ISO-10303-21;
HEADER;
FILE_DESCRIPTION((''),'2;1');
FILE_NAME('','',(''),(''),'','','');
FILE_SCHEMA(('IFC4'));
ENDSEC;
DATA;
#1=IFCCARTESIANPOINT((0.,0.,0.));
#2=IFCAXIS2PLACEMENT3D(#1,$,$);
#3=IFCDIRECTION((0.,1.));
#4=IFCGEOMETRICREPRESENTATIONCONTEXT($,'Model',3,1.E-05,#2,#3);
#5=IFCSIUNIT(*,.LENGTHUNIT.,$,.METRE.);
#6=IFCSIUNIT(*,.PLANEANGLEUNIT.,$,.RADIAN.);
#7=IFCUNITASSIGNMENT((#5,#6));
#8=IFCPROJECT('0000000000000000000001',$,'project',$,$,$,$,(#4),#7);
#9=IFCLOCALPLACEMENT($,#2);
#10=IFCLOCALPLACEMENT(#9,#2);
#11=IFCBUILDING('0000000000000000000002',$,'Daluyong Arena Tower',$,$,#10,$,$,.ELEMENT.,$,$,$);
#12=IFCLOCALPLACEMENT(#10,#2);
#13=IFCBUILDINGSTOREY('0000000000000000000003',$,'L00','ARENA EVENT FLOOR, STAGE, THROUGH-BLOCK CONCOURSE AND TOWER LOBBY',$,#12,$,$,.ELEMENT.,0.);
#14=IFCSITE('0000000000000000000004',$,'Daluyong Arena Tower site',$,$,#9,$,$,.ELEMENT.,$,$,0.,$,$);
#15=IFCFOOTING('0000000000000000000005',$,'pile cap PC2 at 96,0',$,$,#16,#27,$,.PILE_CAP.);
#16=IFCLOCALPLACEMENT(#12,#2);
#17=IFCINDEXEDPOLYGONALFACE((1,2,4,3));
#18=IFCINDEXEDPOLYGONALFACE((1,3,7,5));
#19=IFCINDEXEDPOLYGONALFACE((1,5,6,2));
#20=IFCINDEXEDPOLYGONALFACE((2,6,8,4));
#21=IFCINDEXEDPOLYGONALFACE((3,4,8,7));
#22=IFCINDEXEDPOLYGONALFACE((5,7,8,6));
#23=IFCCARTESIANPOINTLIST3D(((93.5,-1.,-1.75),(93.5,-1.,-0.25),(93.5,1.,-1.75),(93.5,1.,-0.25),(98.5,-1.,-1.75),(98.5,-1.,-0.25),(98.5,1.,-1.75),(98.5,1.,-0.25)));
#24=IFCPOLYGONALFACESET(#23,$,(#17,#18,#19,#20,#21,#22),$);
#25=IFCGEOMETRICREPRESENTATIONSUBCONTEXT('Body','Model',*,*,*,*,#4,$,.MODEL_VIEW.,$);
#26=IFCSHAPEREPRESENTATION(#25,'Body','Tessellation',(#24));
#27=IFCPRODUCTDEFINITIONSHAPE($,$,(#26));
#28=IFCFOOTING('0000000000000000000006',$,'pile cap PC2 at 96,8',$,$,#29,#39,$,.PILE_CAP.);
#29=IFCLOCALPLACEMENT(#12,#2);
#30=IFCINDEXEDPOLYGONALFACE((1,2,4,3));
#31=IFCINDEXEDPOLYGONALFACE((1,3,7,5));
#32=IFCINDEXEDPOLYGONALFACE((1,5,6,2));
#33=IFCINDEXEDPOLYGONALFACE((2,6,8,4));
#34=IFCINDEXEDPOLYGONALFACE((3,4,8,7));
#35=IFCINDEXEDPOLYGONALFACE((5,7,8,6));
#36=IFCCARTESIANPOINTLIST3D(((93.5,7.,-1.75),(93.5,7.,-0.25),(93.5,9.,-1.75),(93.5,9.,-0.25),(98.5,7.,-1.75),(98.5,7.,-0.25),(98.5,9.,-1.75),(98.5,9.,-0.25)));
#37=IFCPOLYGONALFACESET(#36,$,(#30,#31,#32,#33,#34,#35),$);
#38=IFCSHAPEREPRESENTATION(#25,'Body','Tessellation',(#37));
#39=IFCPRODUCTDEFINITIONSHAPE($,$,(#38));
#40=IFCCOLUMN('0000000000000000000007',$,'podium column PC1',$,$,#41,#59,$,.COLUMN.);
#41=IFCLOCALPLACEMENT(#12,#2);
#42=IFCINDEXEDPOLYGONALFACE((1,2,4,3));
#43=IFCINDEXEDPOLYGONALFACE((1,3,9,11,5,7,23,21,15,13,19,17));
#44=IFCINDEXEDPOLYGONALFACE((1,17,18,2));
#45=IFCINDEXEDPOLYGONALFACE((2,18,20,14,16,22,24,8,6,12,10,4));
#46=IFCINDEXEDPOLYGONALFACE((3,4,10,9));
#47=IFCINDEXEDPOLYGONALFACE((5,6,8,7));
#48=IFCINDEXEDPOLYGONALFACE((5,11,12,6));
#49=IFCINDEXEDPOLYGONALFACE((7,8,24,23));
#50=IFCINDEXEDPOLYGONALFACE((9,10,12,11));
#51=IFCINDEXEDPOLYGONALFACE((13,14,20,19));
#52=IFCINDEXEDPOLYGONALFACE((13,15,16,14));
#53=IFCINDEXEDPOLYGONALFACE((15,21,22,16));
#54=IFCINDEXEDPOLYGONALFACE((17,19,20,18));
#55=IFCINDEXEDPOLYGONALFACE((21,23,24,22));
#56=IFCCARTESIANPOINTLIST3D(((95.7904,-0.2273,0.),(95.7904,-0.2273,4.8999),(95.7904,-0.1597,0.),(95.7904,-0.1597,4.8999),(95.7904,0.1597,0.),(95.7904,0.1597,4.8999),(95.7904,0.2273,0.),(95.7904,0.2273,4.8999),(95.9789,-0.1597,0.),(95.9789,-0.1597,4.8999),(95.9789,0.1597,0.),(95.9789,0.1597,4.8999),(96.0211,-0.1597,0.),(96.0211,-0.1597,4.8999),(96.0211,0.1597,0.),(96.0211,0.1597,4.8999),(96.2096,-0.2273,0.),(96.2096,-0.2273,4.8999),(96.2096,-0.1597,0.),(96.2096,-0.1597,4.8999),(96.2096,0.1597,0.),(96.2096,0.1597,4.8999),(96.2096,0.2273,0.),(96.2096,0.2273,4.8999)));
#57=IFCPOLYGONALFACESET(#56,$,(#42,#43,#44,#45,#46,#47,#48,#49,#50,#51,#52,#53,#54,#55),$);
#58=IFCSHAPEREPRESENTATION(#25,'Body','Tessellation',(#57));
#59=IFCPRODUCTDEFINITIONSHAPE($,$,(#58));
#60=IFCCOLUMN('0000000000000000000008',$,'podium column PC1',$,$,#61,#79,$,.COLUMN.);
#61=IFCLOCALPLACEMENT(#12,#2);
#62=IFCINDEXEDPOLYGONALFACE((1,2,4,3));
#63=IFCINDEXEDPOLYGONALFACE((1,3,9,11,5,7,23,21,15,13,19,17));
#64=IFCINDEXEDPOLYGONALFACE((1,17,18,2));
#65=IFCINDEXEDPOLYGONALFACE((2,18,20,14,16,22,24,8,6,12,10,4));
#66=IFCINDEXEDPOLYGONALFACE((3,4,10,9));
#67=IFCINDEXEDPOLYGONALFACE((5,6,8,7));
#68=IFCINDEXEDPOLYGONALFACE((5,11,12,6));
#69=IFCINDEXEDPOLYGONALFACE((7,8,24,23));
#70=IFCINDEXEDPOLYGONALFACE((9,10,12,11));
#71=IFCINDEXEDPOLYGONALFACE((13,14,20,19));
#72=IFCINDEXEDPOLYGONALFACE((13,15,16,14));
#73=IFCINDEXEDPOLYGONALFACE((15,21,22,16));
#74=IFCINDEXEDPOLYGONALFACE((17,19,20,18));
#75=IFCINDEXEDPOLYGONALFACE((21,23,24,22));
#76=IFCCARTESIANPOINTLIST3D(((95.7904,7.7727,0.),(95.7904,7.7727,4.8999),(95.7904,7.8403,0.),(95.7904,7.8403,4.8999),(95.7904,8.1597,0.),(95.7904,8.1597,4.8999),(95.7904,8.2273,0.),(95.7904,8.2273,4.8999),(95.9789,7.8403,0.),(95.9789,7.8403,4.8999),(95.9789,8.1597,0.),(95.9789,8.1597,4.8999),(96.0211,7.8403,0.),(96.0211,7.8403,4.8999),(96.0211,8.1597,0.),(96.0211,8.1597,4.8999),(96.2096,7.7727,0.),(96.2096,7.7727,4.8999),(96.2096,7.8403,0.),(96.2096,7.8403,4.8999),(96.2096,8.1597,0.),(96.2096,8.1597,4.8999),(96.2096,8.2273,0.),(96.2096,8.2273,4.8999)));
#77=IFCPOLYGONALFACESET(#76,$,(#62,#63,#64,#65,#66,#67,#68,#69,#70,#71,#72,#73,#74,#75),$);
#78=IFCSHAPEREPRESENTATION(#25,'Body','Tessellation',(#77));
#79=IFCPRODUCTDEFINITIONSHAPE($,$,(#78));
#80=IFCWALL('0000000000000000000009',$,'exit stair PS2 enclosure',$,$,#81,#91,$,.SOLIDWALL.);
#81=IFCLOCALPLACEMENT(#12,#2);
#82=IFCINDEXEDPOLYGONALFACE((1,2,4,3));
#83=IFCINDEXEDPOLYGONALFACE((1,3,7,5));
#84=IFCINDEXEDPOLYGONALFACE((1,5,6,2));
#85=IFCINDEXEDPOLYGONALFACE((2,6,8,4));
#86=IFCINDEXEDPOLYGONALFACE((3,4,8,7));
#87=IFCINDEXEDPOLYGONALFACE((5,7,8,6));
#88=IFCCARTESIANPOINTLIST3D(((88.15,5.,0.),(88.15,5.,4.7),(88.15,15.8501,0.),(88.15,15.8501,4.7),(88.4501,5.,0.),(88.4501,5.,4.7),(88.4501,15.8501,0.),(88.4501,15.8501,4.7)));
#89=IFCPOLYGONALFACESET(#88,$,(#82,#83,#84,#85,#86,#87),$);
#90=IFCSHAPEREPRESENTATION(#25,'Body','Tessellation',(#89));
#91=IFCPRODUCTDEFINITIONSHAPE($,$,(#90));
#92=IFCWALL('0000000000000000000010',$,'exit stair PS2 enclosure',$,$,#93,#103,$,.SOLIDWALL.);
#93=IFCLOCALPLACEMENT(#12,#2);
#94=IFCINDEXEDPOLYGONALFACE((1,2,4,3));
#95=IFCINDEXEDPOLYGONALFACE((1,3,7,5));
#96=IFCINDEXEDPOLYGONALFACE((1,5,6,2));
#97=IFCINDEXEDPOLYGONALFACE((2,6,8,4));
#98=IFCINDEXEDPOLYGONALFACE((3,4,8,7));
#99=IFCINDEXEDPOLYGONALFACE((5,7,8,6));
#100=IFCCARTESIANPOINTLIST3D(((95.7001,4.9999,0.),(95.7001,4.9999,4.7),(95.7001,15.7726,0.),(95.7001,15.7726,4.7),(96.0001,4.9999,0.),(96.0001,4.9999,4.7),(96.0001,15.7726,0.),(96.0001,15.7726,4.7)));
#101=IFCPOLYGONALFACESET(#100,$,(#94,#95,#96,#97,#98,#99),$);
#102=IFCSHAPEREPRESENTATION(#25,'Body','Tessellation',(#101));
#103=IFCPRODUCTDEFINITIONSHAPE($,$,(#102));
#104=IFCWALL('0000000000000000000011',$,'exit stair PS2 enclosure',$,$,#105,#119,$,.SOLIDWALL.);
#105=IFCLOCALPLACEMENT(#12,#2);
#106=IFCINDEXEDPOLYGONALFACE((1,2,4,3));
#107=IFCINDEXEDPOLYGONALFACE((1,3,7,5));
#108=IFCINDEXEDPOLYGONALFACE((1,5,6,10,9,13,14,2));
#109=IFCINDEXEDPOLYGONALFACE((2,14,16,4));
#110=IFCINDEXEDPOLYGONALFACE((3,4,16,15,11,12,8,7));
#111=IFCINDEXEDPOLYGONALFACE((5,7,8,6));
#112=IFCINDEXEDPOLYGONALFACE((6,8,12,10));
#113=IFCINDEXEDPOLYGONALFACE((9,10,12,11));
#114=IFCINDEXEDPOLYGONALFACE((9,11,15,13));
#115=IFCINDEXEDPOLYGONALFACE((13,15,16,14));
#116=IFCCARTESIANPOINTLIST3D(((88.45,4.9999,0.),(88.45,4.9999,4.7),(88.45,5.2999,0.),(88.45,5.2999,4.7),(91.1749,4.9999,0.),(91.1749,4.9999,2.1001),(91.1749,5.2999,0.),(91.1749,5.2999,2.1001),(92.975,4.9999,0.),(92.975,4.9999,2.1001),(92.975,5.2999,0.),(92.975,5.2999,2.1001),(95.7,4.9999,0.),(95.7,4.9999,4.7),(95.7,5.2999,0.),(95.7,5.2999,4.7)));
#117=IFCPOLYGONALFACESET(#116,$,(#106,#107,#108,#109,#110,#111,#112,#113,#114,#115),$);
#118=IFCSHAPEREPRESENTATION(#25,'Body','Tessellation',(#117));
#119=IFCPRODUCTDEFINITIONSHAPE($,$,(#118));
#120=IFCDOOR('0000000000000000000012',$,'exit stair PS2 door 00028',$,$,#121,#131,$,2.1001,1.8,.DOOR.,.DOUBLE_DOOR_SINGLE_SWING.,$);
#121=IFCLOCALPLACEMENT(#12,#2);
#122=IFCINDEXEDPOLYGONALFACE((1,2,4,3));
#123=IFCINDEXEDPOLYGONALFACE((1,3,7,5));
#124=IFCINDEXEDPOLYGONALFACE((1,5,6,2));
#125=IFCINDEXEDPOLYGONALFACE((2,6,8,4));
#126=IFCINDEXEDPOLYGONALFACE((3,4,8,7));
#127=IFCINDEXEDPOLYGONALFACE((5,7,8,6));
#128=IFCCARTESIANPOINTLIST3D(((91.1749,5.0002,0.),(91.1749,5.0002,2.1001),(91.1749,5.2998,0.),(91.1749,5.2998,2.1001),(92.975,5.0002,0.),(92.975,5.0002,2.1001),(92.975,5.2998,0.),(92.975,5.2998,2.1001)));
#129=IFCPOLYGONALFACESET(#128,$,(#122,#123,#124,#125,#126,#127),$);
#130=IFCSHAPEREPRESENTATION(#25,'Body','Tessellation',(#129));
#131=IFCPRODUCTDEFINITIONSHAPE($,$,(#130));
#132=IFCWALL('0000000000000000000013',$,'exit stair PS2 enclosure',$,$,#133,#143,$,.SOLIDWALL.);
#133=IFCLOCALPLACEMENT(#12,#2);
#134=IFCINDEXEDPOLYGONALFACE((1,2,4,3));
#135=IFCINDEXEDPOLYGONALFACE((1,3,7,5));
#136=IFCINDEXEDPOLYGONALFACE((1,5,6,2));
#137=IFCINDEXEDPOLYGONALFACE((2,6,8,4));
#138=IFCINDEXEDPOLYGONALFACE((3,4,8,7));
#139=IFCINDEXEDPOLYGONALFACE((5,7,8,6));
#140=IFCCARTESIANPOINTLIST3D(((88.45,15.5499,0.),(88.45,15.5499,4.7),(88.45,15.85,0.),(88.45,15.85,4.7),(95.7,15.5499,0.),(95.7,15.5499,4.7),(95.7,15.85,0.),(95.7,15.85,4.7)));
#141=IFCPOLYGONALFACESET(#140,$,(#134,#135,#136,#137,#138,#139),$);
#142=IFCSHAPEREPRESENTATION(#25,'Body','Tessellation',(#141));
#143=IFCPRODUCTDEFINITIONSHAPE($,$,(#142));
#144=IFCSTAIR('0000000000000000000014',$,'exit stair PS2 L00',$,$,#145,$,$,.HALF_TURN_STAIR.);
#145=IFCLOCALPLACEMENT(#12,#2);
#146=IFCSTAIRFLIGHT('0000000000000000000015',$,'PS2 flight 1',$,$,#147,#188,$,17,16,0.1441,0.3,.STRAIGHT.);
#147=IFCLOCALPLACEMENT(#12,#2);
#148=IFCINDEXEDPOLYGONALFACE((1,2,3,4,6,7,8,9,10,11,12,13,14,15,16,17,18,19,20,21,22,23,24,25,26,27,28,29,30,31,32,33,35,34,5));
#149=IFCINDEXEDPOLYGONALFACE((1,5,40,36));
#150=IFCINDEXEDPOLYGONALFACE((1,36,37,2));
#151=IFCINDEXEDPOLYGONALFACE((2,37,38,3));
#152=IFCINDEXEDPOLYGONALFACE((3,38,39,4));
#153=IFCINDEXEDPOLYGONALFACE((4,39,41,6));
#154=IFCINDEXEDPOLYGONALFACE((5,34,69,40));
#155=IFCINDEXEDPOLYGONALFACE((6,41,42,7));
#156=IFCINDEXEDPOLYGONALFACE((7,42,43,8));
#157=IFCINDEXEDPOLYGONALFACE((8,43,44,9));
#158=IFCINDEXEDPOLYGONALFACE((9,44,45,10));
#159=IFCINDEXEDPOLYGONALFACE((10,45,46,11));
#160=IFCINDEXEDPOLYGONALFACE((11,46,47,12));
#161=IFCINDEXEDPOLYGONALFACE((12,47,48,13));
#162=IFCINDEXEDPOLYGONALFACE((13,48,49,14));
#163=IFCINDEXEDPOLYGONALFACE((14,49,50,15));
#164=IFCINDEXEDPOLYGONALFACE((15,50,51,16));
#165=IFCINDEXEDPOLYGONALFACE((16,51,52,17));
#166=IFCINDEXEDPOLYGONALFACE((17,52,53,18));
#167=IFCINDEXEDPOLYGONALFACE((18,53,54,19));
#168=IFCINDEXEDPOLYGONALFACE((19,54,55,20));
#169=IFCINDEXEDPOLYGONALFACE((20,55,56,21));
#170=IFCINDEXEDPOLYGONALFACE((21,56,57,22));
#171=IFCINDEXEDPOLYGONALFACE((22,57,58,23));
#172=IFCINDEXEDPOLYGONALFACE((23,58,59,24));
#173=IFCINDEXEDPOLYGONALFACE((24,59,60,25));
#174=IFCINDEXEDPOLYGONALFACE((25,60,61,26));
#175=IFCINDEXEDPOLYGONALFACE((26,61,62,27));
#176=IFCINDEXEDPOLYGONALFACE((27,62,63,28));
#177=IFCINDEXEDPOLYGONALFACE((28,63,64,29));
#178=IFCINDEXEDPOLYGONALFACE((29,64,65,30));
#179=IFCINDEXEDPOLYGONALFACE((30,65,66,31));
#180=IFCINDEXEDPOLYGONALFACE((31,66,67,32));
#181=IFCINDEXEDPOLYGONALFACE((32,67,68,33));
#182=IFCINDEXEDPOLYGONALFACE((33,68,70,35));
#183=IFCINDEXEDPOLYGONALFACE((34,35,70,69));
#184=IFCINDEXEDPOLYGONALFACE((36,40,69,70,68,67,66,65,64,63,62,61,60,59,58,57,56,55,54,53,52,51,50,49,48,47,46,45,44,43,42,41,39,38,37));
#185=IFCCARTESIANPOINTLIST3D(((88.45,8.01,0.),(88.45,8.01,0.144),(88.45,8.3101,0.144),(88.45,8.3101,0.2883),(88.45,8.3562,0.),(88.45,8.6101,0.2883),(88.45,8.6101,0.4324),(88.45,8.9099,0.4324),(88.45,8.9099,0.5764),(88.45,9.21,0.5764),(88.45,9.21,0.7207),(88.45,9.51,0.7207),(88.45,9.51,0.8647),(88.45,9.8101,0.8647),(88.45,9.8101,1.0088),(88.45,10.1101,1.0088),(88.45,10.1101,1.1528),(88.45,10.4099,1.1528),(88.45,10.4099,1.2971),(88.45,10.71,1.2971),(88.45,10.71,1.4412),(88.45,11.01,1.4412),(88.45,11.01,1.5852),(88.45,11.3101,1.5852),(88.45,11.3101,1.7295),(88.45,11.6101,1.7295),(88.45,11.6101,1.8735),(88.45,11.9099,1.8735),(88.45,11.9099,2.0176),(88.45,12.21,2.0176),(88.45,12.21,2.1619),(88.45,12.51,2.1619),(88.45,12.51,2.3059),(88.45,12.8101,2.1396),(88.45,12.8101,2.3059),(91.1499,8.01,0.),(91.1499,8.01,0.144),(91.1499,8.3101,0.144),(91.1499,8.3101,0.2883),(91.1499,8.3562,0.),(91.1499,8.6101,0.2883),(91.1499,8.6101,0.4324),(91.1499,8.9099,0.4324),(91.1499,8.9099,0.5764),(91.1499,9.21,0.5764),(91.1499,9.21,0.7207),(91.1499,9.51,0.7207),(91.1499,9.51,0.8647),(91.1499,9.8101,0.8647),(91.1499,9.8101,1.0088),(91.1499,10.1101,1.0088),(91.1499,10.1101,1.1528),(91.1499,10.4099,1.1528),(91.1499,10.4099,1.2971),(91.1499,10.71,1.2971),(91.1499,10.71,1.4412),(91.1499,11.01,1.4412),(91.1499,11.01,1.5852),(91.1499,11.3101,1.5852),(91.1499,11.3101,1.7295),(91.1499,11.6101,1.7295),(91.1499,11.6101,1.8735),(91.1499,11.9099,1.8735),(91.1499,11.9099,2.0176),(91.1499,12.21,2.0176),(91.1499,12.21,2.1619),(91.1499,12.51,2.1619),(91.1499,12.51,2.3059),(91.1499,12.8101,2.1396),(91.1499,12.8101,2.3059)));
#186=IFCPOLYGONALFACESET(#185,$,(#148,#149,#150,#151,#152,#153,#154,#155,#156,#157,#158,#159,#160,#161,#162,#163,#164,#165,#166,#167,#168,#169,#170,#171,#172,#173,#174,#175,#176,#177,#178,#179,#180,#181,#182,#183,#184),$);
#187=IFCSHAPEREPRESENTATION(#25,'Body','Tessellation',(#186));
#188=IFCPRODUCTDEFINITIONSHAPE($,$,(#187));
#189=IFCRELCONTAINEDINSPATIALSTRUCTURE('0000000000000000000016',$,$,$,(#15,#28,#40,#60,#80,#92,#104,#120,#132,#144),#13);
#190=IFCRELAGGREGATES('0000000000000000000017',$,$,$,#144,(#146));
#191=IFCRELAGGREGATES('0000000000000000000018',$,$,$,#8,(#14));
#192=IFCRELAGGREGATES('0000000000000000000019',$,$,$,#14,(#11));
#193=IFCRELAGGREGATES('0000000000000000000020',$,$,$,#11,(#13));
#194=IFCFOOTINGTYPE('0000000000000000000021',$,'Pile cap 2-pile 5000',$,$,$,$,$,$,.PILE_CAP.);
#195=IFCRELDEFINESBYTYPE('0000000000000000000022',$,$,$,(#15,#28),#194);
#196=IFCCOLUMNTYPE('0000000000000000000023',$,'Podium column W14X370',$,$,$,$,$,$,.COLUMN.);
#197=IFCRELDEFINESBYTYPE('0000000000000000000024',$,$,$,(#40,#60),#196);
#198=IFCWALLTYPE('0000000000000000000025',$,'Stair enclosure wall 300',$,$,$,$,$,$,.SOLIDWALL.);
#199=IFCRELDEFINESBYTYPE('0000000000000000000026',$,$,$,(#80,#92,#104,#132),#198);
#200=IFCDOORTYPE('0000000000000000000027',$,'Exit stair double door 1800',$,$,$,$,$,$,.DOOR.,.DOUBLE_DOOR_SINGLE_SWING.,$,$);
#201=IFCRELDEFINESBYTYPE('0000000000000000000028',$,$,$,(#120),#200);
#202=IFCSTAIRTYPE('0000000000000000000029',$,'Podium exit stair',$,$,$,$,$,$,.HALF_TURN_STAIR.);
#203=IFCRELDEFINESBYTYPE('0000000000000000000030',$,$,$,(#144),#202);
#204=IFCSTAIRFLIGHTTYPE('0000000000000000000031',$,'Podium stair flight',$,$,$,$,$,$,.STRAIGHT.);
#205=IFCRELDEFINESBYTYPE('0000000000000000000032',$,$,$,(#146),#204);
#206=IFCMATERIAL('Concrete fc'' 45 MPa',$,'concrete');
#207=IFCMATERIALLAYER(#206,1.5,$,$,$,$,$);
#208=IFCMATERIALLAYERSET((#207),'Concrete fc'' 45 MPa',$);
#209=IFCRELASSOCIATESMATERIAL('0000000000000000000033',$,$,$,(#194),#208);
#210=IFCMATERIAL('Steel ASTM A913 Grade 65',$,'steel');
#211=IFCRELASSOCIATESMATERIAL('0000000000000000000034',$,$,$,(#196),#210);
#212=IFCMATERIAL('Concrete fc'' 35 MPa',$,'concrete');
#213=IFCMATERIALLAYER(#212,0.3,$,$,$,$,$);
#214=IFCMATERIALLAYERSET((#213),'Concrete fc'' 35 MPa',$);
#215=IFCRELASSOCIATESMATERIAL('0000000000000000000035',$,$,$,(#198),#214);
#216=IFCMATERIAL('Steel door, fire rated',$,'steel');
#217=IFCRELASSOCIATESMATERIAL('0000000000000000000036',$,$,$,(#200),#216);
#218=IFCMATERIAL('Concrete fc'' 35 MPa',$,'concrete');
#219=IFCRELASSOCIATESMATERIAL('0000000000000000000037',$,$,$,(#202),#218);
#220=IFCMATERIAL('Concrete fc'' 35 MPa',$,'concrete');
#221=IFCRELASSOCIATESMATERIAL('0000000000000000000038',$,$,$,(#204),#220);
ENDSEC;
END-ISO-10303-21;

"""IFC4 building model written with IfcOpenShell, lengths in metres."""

from ifc_helpers import new_model, si_unit, direction, frame, frame_2d, origin, origin_2d, place, context, subcontext, project, spatial, polyline, rectangle, i_section, outline, extrude, material, layer, layer_set, material_profile, profile_set, type_object, element, fill, aggregate, save


model = new_model("IFC4")

# Units and contexts
model_context = context("Model", 3, precision=1e-05, world=origin(), true_north=direction((0.0, 1.0)))
body_context = subcontext(model_context, "Body", "Model", "MODEL_VIEW")
ifc_project = project(units=[si_unit("LENGTHUNIT", "METRE"), si_unit("PLANEANGLEUNIT", "RADIAN")], contexts=[model_context])

# Site, building, storey
site_placement = place(None, origin())
site = spatial("IfcSite", under=ifc_project, at=site_placement, Name="Daluyong Arena Tower site", CompositionType="ELEMENT", RefElevation=0.0)
building_placement = place(site_placement, origin())
building = spatial("IfcBuilding", under=site, at=building_placement, Name="Daluyong Arena Tower", CompositionType="ELEMENT")
storey_placement = place(building_placement, origin())
storey = spatial("IfcBuildingStorey", under=building, at=storey_placement, Name="L00", Description="ARENA EVENT FLOOR, STAGE, THROUGH-BLOCK CONCOURSE AND TOWER LOBBY", CompositionType="ELEMENT", Elevation=0.0)

# Footings
ifc_material_1 = material(Name="Concrete fc' 45 MPa", Category="concrete")
ifc_layer_1 = layer(ifc_material_1, 1.5)
ifc_layer_set_1 = layer_set([ifc_layer_1], Name="Concrete fc' 45 MPa")
footing_type = type_object("IfcFootingType", Name="Pile cap 2-pile 5000", PredefinedType="PILE_CAP", material=ifc_layer_set_1)
for number, where, z_axis, x_axis, name in (
    (1, (96.0, 0.0, -1.75), (0.0, 0.0, 1.0), (1.0, 0.0, 0.0), "pile cap PC2 at 96,0"),
    (2, (96.0, 8.0, -1.75), (0.0, 0.0, 1.0), (1.0, 0.0, 0.0), "pile cap PC2 at 96,8"),
):
    element("IfcFooting", number, at=place(storey_placement, frame(where, z_axis=z_axis, x_axis=x_axis)), inside=storey, type_object=footing_type, Name=name, PredefinedType="PILE_CAP", context=body_context, shape_type="SweptSolid", body=[
        extrude(rectangle(XDim=5.0, YDim=2.0, at=origin_2d()), origin(), (0.0, 0.0, 1.0), 1.5),
    ])

# Columns
ifc_material_2 = material(Name="Steel ASTM A913 Grade 65", Category="steel")
ifc_material_profile = material_profile(ifc_material_2, i_section(OverallWidth=0.4192, OverallDepth=0.4546, WebThickness=0.0422, FlangeThickness=0.0676, at=origin_2d()))
ifc_profile_set = profile_set([ifc_material_profile], Name="Steel ASTM A913 Grade 65")
column_type = type_object("IfcColumnType", Name="Podium column W14X370", PredefinedType="COLUMN", material=ifc_profile_set)
for number, where, z_axis, x_axis, name in (
    (3, (96.0, 0.0, 0.0), (0.0, 0.0, 1.0), (1.0, 0.0, 0.0), "podium column PC1"),
    (4, (96.0, 8.0, 0.0), (0.0, 0.0, 1.0), (1.0, 0.0, 0.0), "podium column PC1"),
):
    element("IfcColumn", number, at=place(storey_placement, frame(where, z_axis=z_axis, x_axis=x_axis)), inside=storey, type_object=column_type, Name=name, PredefinedType="COLUMN", context=body_context, shape_type="SweptSolid", body=[
        extrude(i_section(OverallWidth=0.4192, OverallDepth=0.4546, WebThickness=0.0422, FlangeThickness=0.0676, at=origin_2d()), origin(), (0.0, 0.0, 1.0), 4.8999),
    ])

# Walls
ifc_material_3 = material(Name="Concrete fc' 35 MPa", Category="concrete")
ifc_layer_2 = layer(ifc_material_3, 0.3)
ifc_layer_set_2 = layer_set([ifc_layer_2], Name="Concrete fc' 35 MPa")
wall_type = type_object("IfcWallType", Name="Stair enclosure wall 300", PredefinedType="SOLIDWALL", material=ifc_layer_set_2)
wall_1_placement = place(storey_placement, frame((88.3, 5.0, 0.0), z_axis=(0.0, 0.0, 1.0), x_axis=(0.0, 1.0, 0.0)))
element("IfcWall", 5, at=wall_1_placement, inside=storey, type_object=wall_type, Name="exit stair PS2 enclosure", PredefinedType="SOLIDWALL", context=body_context, shape_type="SweptSolid", body=[
    extrude(rectangle(XDim=10.8501, YDim=0.3, at=frame_2d((5.425, 0.0))), origin(), (0.0, 0.0, 1.0), 4.7),
])
wall_2_placement = place(storey_placement, frame((95.8501, 5.0, 0.0), z_axis=(0.0, 0.0, 1.0), x_axis=(0.0, 1.0, 0.0)))
element("IfcWall", 6, at=wall_2_placement, inside=storey, type_object=wall_type, Name="exit stair PS2 enclosure", PredefinedType="SOLIDWALL", context=body_context, shape_type="SweptSolid", body=[
    extrude(rectangle(XDim=10.7727, YDim=0.3, at=frame_2d((5.3862, 0.0))), origin(), (0.0, 0.0, 1.0), 4.7),
])

# Wall, opening, door
wall_3_placement = place(storey_placement, frame((88.45, 5.1499, 0.0), z_axis=(0.0, 0.0, 1.0), x_axis=(1.0, 0.0, 0.0)))
wall_3 = element("IfcWall", 7, at=wall_3_placement, inside=storey, type_object=wall_type, Name="exit stair PS2 enclosure", PredefinedType="SOLIDWALL", context=body_context, shape_type="SweptSolid", body=[
    extrude(rectangle(XDim=7.25, YDim=0.3, at=frame_2d((3.625, 0.0))), origin(), (0.0, 0.0, 1.0), 4.7),
])
opening_placement = place(wall_3_placement, frame((2.7251, 0.0, 0.0)))
opening = element("IfcOpeningElement", 8, at=opening_placement, cuts=wall_3, PredefinedType="OPENING", context=body_context, shape_type="SweptSolid", body=[
    extrude(rectangle(XDim=1.8, YDim=2.1001, at=frame_2d((0.8999, 1.05))), frame((0.0, 0.1599, 0.0), z_axis=(0.0, -1.0, 0.0), x_axis=(1.0, 0.0, 0.0)), (0.0, 0.0, 1.0), 0.3201),
])
ifc_material_4 = material(Name="Steel door, fire rated", Category="steel")
door_type = type_object("IfcDoorType", Name="Exit stair double door 1800", OperationType="DOUBLE_DOOR_SINGLE_SWING", PredefinedType="DOOR", material=ifc_material_4)
door_placement = place(opening_placement, origin())
door = element("IfcDoor", 9, at=door_placement, inside=storey, type_object=door_type, Name="exit stair PS2 door 00028", OperationType="DOUBLE_DOOR_SINGLE_SWING", OverallHeight=2.1001, OverallWidth=1.8, PredefinedType="DOOR", context=body_context, shape_type="SweptSolid", body=[
    extrude(rectangle(XDim=1.8, YDim=2.1001, at=frame_2d((0.8999, 1.05))), frame((0.0, 0.1499, 0.0), z_axis=(0.0, -1.0, 0.0), x_axis=(1.0, 0.0, 0.0)), (0.0, 0.0, 1.0), 0.2996),
])
fill(opening, door)

# Wall
wall_4_placement = place(storey_placement, frame((88.45, 15.7, 0.0), z_axis=(0.0, 0.0, 1.0), x_axis=(1.0, 0.0, 0.0)))
element("IfcWall", 10, at=wall_4_placement, inside=storey, type_object=wall_type, Name="exit stair PS2 enclosure", PredefinedType="SOLIDWALL", context=body_context, shape_type="SweptSolid", body=[
    extrude(rectangle(XDim=7.25, YDim=0.3, at=frame_2d((3.625, 0.0))), origin(), (0.0, 0.0, 1.0), 4.7),
])

# Stair, stair flight
ifc_material_5 = material(Name="Concrete fc' 35 MPa", Category="concrete")
stair_type = type_object("IfcStairType", Name="Podium exit stair", PredefinedType="HALF_TURN_STAIR", material=ifc_material_5)
stair_placement = place(storey_placement, origin())
stair = element("IfcStair", 11, at=stair_placement, inside=storey, type_object=stair_type, Name="exit stair PS2 L00", PredefinedType="HALF_TURN_STAIR")
ifc_material_6 = material(Name="Concrete fc' 35 MPa", Category="concrete")
stair_flight_type = type_object("IfcStairFlightType", Name="Podium stair flight", PredefinedType="STRAIGHT", material=ifc_material_6)
stair_flight_1_placement = place(storey_placement, frame((89.8, 8.01, 0.0), z_axis=(0.0, 0.0, 1.0), x_axis=(0.0, 1.0, 0.0)))
stair_flight_1 = element("IfcStairFlight", 12, at=stair_flight_1_placement, type_object=stair_flight_type, Name="PS2 flight 1", NumberOfRisers=17, NumberOfTreads=16, PredefinedType="STRAIGHT", RiserHeight=0.1441, TreadLength=0.3, context=body_context, shape_type="SweptSolid", body=[
    extrude(outline(polyline([(0.0, 0.0), (0.0, 0.144), (0.3, 0.144), (0.3, 0.2883), (0.6001, 0.2883), (0.6001, 0.4324), (0.8999, 0.4324), (0.8999, 0.5764), (1.2, 0.5764), (1.2, 0.7207), (1.5, 0.7207), (1.5, 0.8647), (1.8, 0.8647), (1.8, 1.0088), (2.1001, 1.0088), (2.1001, 1.1528), (2.3999, 1.1528), (2.3999, 1.2971), (2.7, 1.2971), (2.7, 1.4412), (3.0, 1.4412), (3.0, 1.5852), (3.3, 1.5852), (3.3, 1.7295), (3.6001, 1.7295), (3.6001, 1.8735), (3.8999, 1.8735), (3.8999, 2.0176), (4.2, 2.0176), (4.2, 2.1619), (4.5, 2.1619), (4.5, 2.3059), (4.8, 2.3059), (4.8, 2.45), (4.8, 2.1396), (0.3462, 0.0), (0.0, 0.0)])), frame((0.0, 1.3501, 0.0), z_axis=(0.0, -1.0, 0.0), x_axis=(1.0, 0.0, 0.0)), (0.0, 0.0, 1.0), 2.7),
])
aggregate(stair, [stair_flight_1])

save(model, "model.ifc")
